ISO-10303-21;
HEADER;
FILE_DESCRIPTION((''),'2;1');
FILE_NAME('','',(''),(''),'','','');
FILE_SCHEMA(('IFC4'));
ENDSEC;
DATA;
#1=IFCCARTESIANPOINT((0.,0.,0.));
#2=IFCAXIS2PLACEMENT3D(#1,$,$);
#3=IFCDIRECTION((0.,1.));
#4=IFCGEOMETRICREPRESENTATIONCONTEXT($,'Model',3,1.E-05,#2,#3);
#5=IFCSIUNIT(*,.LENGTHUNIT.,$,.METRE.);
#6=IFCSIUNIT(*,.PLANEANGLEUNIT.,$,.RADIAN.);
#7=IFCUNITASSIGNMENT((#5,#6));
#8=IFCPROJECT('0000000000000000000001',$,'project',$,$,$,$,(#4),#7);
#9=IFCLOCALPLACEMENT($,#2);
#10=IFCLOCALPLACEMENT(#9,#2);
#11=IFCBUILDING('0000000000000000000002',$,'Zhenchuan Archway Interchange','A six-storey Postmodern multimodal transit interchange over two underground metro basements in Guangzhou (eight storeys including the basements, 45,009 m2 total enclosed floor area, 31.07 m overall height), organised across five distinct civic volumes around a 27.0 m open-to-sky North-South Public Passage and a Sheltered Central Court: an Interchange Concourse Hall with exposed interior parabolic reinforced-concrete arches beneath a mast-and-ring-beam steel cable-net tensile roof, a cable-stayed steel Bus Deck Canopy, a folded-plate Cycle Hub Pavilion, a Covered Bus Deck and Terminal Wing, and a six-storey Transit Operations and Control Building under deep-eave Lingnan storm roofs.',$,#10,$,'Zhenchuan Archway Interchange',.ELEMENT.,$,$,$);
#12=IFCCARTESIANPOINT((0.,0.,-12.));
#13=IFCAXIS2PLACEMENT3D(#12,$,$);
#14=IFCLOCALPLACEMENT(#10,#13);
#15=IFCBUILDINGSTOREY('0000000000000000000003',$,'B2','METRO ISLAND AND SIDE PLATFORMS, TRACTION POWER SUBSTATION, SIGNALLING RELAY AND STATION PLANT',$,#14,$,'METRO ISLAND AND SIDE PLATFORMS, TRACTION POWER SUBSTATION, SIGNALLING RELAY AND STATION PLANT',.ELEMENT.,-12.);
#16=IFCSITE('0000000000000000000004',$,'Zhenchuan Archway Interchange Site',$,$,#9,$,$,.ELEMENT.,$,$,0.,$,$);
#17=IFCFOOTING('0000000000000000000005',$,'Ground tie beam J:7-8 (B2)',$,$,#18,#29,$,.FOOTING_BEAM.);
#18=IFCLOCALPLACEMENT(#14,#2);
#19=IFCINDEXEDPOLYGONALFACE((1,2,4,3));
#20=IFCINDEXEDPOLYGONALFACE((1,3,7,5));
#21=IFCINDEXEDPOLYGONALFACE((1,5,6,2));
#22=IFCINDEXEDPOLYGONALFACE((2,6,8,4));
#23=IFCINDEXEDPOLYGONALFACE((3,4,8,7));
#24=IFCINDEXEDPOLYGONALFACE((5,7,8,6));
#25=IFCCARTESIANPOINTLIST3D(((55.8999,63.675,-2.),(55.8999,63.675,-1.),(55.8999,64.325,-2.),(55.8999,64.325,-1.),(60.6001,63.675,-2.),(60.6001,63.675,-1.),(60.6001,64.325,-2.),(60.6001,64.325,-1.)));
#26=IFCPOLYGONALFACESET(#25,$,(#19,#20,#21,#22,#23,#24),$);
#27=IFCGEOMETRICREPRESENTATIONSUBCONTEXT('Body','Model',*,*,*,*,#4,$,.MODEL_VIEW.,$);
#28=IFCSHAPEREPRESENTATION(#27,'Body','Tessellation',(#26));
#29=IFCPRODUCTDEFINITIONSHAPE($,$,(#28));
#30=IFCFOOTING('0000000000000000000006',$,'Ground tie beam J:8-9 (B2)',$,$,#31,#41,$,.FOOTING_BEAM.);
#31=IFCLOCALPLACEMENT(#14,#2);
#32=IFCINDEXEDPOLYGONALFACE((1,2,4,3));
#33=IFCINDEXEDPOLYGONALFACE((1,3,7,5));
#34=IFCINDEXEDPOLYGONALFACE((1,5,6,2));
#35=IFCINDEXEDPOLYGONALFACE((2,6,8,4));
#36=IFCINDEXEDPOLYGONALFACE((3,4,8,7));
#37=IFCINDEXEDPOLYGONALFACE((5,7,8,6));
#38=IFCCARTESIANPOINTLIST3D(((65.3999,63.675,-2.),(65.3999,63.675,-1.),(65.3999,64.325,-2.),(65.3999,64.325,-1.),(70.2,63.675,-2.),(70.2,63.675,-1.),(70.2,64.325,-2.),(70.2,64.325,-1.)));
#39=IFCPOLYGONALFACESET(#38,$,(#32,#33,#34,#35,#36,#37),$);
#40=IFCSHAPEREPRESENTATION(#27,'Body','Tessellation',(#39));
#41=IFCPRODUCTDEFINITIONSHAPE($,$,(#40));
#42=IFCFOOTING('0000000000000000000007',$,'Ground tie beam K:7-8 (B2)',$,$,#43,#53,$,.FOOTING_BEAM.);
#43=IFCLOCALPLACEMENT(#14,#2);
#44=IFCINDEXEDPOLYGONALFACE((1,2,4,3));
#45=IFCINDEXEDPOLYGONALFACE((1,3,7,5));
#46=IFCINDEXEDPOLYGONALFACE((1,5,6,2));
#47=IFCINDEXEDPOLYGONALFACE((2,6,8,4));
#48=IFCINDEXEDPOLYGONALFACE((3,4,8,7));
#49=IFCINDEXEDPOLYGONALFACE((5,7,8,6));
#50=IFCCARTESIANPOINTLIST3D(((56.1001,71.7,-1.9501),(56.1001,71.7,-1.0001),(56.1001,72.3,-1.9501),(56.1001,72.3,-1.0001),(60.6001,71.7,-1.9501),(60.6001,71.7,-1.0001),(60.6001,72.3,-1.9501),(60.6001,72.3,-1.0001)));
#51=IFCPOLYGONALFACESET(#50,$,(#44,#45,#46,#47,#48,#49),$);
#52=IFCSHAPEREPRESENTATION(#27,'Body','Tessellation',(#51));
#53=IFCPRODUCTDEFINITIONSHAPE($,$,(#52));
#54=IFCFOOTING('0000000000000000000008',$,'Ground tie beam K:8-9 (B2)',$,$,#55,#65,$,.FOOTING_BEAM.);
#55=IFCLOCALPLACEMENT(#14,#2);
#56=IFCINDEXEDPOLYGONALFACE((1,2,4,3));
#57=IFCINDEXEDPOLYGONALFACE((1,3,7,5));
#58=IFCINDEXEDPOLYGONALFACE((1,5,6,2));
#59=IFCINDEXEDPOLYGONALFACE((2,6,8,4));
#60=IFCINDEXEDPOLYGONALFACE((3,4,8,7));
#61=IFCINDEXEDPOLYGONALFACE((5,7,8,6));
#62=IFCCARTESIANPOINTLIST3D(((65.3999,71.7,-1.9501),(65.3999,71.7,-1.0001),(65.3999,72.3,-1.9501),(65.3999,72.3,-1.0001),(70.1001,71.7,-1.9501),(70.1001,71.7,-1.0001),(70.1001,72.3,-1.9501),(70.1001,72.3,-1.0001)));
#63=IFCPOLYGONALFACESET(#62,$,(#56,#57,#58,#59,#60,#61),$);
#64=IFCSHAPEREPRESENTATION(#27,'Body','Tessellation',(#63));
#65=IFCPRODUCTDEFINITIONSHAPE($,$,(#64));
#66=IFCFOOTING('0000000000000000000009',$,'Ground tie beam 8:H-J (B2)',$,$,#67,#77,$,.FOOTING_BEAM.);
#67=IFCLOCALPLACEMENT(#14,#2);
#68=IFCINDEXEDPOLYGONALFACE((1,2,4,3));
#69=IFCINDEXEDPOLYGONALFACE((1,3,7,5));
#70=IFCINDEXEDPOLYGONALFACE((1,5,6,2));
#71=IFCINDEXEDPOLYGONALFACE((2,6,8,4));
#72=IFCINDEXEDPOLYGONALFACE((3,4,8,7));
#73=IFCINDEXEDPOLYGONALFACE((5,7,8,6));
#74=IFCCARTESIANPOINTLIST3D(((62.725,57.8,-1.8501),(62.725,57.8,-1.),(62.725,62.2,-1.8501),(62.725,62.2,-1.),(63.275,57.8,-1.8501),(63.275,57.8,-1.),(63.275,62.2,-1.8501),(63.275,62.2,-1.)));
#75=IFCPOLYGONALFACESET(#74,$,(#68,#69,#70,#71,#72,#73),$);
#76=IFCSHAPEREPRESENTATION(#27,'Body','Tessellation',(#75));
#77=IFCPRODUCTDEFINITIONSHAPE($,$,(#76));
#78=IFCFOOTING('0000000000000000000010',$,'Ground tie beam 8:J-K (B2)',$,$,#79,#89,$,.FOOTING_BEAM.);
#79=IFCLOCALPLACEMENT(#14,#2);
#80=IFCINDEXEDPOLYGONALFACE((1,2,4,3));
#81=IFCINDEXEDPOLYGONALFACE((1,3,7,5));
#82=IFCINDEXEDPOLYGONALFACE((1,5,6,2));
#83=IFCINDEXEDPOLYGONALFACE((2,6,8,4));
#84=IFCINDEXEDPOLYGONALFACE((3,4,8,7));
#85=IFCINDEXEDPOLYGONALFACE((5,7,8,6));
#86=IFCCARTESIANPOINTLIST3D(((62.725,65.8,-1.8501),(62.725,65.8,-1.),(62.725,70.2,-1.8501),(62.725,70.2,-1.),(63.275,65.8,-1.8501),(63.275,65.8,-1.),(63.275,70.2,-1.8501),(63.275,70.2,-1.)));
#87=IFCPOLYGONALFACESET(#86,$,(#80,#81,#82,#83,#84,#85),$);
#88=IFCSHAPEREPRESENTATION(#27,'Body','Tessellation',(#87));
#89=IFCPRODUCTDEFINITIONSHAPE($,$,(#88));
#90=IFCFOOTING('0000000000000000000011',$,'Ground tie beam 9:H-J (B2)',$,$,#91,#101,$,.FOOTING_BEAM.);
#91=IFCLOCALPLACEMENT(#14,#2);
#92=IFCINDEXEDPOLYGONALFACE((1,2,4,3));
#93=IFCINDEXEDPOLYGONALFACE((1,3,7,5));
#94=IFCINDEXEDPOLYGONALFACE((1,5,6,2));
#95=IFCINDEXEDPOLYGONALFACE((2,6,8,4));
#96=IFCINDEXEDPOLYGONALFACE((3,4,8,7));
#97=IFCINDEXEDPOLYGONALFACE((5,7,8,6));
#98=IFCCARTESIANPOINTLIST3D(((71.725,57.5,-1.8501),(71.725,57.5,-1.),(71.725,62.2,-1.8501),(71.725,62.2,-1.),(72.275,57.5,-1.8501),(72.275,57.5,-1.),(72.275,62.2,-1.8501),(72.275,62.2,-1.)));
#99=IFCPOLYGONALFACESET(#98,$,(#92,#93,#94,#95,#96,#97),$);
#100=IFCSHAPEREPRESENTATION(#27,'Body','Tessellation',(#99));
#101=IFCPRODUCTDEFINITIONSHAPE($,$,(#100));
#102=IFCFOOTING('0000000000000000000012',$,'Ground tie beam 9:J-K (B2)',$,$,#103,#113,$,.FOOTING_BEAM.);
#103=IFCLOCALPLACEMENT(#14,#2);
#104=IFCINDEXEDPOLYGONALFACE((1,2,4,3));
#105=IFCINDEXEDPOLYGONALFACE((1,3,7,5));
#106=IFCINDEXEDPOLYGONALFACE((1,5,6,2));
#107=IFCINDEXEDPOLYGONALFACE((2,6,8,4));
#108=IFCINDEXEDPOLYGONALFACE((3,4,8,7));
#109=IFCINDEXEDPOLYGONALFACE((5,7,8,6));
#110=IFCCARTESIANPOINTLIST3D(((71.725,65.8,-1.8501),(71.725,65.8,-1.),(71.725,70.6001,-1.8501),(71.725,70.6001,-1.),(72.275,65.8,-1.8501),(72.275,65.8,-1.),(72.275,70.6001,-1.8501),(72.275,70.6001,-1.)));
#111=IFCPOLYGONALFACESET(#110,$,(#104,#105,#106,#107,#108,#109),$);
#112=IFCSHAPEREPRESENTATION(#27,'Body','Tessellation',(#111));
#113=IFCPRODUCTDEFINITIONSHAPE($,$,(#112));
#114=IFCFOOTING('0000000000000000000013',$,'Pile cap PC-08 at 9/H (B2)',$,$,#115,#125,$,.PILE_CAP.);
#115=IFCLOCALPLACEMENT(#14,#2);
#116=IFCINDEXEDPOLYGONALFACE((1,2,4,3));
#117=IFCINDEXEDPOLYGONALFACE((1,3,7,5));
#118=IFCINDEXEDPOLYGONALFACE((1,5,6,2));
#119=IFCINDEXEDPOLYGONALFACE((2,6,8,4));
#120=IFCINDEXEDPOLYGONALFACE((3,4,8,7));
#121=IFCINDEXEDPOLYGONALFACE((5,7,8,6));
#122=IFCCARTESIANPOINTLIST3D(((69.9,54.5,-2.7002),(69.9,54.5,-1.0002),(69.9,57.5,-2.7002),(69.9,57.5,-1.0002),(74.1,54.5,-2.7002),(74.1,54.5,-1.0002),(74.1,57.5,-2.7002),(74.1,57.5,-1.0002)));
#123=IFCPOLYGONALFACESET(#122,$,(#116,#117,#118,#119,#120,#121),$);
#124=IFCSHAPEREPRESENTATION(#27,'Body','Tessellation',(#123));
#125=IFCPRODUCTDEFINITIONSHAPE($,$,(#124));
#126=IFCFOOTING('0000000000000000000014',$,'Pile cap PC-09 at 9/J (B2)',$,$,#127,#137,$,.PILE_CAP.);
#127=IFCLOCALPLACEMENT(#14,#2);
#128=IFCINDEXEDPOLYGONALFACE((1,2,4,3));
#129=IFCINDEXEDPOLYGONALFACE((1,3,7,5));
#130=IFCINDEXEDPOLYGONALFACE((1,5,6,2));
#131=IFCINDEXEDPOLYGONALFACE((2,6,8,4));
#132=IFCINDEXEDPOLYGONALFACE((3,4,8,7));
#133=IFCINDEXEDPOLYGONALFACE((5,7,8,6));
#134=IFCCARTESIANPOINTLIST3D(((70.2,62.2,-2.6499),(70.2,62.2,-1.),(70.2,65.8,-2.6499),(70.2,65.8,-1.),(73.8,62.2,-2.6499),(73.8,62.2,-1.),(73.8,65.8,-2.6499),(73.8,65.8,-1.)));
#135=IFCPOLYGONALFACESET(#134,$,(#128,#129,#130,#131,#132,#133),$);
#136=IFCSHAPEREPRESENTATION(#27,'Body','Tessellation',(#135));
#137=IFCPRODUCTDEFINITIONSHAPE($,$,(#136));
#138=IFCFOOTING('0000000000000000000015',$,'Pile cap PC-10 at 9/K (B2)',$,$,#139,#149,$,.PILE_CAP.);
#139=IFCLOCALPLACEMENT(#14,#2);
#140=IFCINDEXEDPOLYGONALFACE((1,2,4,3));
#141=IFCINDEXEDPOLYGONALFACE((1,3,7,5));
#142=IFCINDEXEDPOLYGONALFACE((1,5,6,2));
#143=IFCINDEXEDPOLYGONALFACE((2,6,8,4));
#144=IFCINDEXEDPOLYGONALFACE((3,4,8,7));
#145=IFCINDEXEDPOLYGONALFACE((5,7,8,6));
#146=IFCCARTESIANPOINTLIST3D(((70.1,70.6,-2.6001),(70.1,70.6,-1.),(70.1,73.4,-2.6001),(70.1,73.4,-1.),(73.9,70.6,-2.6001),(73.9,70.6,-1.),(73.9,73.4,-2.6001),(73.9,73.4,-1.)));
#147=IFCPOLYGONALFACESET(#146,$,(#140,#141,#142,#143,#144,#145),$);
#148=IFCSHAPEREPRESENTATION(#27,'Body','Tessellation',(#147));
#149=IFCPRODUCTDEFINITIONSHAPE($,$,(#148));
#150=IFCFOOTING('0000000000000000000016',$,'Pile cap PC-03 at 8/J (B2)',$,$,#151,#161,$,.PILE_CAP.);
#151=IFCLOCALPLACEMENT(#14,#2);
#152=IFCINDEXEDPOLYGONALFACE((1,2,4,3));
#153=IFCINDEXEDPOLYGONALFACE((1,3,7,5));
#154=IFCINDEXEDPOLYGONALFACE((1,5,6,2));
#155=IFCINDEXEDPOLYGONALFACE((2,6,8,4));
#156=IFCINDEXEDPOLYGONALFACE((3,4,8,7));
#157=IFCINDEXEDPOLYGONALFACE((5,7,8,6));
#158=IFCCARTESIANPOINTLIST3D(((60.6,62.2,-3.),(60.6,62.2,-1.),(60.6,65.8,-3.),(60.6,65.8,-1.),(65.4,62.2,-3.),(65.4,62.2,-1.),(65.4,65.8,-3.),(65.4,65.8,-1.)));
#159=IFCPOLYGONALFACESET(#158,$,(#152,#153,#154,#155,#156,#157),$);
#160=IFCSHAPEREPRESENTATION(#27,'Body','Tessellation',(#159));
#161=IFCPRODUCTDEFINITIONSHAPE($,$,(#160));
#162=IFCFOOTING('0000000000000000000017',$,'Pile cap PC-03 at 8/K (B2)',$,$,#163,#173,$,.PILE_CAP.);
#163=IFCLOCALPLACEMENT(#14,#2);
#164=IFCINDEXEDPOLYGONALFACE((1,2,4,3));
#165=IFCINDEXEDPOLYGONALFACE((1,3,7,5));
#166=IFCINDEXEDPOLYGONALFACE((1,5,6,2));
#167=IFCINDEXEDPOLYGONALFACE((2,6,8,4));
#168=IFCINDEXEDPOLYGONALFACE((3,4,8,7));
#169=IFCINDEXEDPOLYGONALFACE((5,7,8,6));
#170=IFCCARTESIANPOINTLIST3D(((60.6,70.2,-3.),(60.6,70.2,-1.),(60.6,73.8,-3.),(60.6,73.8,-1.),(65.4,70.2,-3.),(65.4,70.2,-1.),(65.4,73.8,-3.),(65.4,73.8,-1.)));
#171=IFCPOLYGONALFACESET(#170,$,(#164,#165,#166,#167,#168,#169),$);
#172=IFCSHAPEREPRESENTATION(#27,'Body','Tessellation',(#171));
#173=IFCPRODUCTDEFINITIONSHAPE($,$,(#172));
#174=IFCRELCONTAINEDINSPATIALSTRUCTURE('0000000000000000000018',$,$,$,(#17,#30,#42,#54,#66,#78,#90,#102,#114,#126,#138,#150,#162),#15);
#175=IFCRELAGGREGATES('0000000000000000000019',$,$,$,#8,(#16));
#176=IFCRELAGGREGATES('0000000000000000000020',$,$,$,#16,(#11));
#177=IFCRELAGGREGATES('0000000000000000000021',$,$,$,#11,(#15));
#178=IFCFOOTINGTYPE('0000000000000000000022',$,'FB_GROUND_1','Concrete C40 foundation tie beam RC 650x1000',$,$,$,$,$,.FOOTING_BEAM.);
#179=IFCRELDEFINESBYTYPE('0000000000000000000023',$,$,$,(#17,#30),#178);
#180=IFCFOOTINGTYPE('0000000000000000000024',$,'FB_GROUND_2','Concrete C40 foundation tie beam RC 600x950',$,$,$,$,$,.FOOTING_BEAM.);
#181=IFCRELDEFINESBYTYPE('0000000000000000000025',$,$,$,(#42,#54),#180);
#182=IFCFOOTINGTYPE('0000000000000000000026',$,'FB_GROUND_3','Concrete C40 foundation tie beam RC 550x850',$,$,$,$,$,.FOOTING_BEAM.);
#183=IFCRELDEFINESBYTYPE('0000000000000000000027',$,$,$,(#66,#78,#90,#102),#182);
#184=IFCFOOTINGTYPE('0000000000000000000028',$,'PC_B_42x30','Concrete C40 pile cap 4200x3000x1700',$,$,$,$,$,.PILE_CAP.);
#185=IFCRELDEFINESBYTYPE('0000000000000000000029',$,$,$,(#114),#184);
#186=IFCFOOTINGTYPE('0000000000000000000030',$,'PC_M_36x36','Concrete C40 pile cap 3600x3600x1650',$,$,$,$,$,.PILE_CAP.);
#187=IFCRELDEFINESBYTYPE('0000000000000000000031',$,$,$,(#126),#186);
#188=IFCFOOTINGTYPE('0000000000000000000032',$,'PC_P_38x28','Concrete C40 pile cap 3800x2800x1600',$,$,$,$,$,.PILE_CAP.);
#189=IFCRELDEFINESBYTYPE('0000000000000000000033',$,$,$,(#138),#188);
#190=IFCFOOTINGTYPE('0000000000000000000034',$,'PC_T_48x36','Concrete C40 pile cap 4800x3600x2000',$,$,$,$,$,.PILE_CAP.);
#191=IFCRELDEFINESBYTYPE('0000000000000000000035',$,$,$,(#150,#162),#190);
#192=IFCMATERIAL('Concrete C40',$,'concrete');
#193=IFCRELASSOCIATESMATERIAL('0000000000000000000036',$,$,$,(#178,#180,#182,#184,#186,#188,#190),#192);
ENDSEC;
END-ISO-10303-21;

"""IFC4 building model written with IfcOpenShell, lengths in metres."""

from ifc_helpers import new_model, si_unit, direction, frame, origin, origin_2d, place, context, subcontext, project, spatial, rectangle, extrude, material, material_profile, profile_set, type_object, element, save


model = new_model("IFC4")

# Units and contexts
model_context = context("Model", 3, precision=1e-05, world=origin(), true_north=direction((0.0, 1.0)))
body_context = subcontext(model_context, "Body", "Model", "MODEL_VIEW")
ifc_project = project(units=[si_unit("LENGTHUNIT", "METRE"), si_unit("PLANEANGLEUNIT", "RADIAN")], contexts=[model_context])

# Site, building, storey
site_placement = place(None, origin())
site = spatial("IfcSite", under=ifc_project, at=site_placement, Name="Zhenchuan Archway Interchange Site", CompositionType="ELEMENT", RefElevation=0.0)
building_placement = place(site_placement, origin())
building = spatial("IfcBuilding", under=site, at=building_placement, Name="Zhenchuan Archway Interchange", Description="A six-storey Postmodern multimodal transit interchange over two underground metro basements in Guangzhou (eight storeys including the basements, 45,009 m2 total enclosed floor area, 31.07 m overall height), organised across five distinct civic volumes around a 27.0 m open-to-sky North-South Public Passage and a Sheltered Central Court: an Interchange Concourse Hall with exposed interior parabolic reinforced-concrete arches beneath a mast-and-ring-beam steel cable-net tensile roof, a cable-stayed steel Bus Deck Canopy, a folded-plate Cycle Hub Pavilion, a Covered Bus Deck and Terminal Wing, and a six-storey Transit Operations and Control Building under deep-eave Lingnan storm roofs.", LongName="Zhenchuan Archway Interchange", CompositionType="ELEMENT")
storey_placement = place(building_placement, frame((0.0, 0.0, -12.0)))
storey = spatial("IfcBuildingStorey", under=building, at=storey_placement, Name="B2", Description="METRO ISLAND AND SIDE PLATFORMS, TRACTION POWER SUBSTATION, SIGNALLING RELAY AND STATION PLANT", LongName="METRO ISLAND AND SIDE PLATFORMS, TRACTION POWER SUBSTATION, SIGNALLING RELAY AND STATION PLANT", CompositionType="ELEMENT", Elevation=-12.0)

# Footings
ifc_material_1 = material(Name="Concrete C40", Category="concrete")
ifc_material_profile_1 = material_profile(ifc_material_1, rectangle(XDim=0.6499, YDim=1.0, at=origin_2d()), Name="RC 650x1000")
ifc_profile_set_1 = profile_set([ifc_material_profile_1], Name="Concrete C40")
footing_type_1 = type_object("IfcFootingType", Name="FB_GROUND_1", Description="Concrete C40 foundation tie beam RC 650x1000", PredefinedType="FOOTING_BEAM", material=ifc_profile_set_1)
footing_1_placement = place(storey_placement, frame((55.8999, 64.0, -1.5), z_axis=(1.0, 0.0, 0.0), x_axis=(0.0, 1.0, 0.0)))
element("IfcFooting", 1, at=footing_1_placement, inside=storey, type_object=footing_type_1, Name="Ground tie beam J:7-8 (B2)", PredefinedType="FOOTING_BEAM", context=body_context, shape_type="SweptSolid", body=[
    extrude(rectangle(XDim=0.6499, YDim=1.0, at=origin_2d()), origin(), (0.0, 0.0, 1.0), 4.7002),
])
footing_2_placement = place(storey_placement, frame((65.3999, 64.0, -1.5), z_axis=(1.0, 0.0, 0.0), x_axis=(0.0, 1.0, 0.0)))
element("IfcFooting", 2, at=footing_2_placement, inside=storey, type_object=footing_type_1, Name="Ground tie beam J:8-9 (B2)", PredefinedType="FOOTING_BEAM", context=body_context, shape_type="SweptSolid", body=[
    extrude(rectangle(XDim=0.6499, YDim=1.0, at=origin_2d()), origin(), (0.0, 0.0, 1.0), 4.8),
])
ifc_material_profile_2 = material_profile(ifc_material_1, rectangle(XDim=0.6001, YDim=0.95, at=origin_2d()), Name="RC 600x950")
ifc_profile_set_2 = profile_set([ifc_material_profile_2], Name="Concrete C40")
footing_type_2 = type_object("IfcFootingType", Name="FB_GROUND_2", Description="Concrete C40 foundation tie beam RC 600x950", PredefinedType="FOOTING_BEAM", material=ifc_profile_set_2)
footing_3_placement = place(storey_placement, frame((56.1001, 72.0, -1.4751), z_axis=(1.0, 0.0, 0.0), x_axis=(0.0, 1.0, 0.0)))
element("IfcFooting", 3, at=footing_3_placement, inside=storey, type_object=footing_type_2, Name="Ground tie beam K:7-8 (B2)", PredefinedType="FOOTING_BEAM", context=body_context, shape_type="SweptSolid", body=[
    extrude(rectangle(XDim=0.6001, YDim=0.95, at=origin_2d()), origin(), (0.0, 0.0, 1.0), 4.5),
])
footing_4_placement = place(storey_placement, frame((65.3999, 72.0, -1.4751), z_axis=(1.0, 0.0, 0.0), x_axis=(0.0, 1.0, 0.0)))
element("IfcFooting", 4, at=footing_4_placement, inside=storey, type_object=footing_type_2, Name="Ground tie beam K:8-9 (B2)", PredefinedType="FOOTING_BEAM", context=body_context, shape_type="SweptSolid", body=[
    extrude(rectangle(XDim=0.6001, YDim=0.95, at=origin_2d()), origin(), (0.0, 0.0, 1.0), 4.7002),
])
ifc_material_profile_3 = material_profile(ifc_material_1, rectangle(XDim=0.55, YDim=0.8501, at=origin_2d()), Name="RC 550x850")
ifc_profile_set_3 = profile_set([ifc_material_profile_3], Name="Concrete C40")
footing_type_3 = type_object("IfcFootingType", Name="FB_GROUND_3", Description="Concrete C40 foundation tie beam RC 550x850", PredefinedType="FOOTING_BEAM", material=ifc_profile_set_3)
for number, where, z_axis, x_axis, name in (
    (5, (63.0, 57.8, -1.425), (0.0, 1.0, 0.0), (-1.0, 0.0, 0.0), "Ground tie beam 8:H-J (B2)"),
    (6, (63.0, 65.8, -1.425), (0.0, 1.0, 0.0), (-1.0, 0.0, 0.0), "Ground tie beam 8:J-K (B2)"),
):
    element("IfcFooting", number, at=place(storey_placement, frame(where, z_axis=z_axis, x_axis=x_axis)), inside=storey, type_object=footing_type_3, Name=name, PredefinedType="FOOTING_BEAM", context=body_context, shape_type="SweptSolid", body=[
        extrude(rectangle(XDim=0.55, YDim=0.8501, at=origin_2d()), origin(), (0.0, 0.0, 1.0), 4.3999),
    ])
footing_5_placement = place(storey_placement, frame((72.0, 57.5, -1.425), z_axis=(0.0, 1.0, 0.0), x_axis=(-1.0, 0.0, 0.0)))
element("IfcFooting", 7, at=footing_5_placement, inside=storey, type_object=footing_type_3, Name="Ground tie beam 9:H-J (B2)", PredefinedType="FOOTING_BEAM", context=body_context, shape_type="SweptSolid", body=[
    extrude(rectangle(XDim=0.55, YDim=0.8501, at=origin_2d()), origin(), (0.0, 0.0, 1.0), 4.7),
])
footing_6_placement = place(storey_placement, frame((72.0, 65.8, -1.425), z_axis=(0.0, 1.0, 0.0), x_axis=(-1.0, 0.0, 0.0)))
element("IfcFooting", 8, at=footing_6_placement, inside=storey, type_object=footing_type_3, Name="Ground tie beam 9:J-K (B2)", PredefinedType="FOOTING_BEAM", context=body_context, shape_type="SweptSolid", body=[
    extrude(rectangle(XDim=0.55, YDim=0.8501, at=origin_2d()), origin(), (0.0, 0.0, 1.0), 4.8),
])
footing_type_4 = type_object("IfcFootingType", Name="PC_B_42x30", Description="Concrete C40 pile cap 4200x3000x1700", PredefinedType="PILE_CAP", material=ifc_material_1)
footing_7_placement = place(storey_placement, frame((72.0, 56.0, -2.7002), z_axis=(0.0, 0.0, 1.0), x_axis=(1.0, 0.0, 0.0)))
element("IfcFooting", 9, at=footing_7_placement, inside=storey, type_object=footing_type_4, Name="Pile cap PC-08 at 9/H (B2)", PredefinedType="PILE_CAP", context=body_context, shape_type="SweptSolid", body=[
    extrude(rectangle(XDim=4.2, YDim=3.0, at=origin_2d()), origin(), (0.0, 0.0, 1.0), 1.7),
])
footing_type_5 = type_object("IfcFootingType", Name="PC_M_36x36", Description="Concrete C40 pile cap 3600x3600x1650", PredefinedType="PILE_CAP", material=ifc_material_1)
footing_8_placement = place(storey_placement, frame((72.0, 64.0, -2.6499), z_axis=(0.0, 0.0, 1.0), x_axis=(1.0, 0.0, 0.0)))
element("IfcFooting", 10, at=footing_8_placement, inside=storey, type_object=footing_type_5, Name="Pile cap PC-09 at 9/J (B2)", PredefinedType="PILE_CAP", context=body_context, shape_type="SweptSolid", body=[
    extrude(rectangle(XDim=3.6001, YDim=3.6001, at=origin_2d()), origin(), (0.0, 0.0, 1.0), 1.6499),
])
footing_type_6 = type_object("IfcFootingType", Name="PC_P_38x28", Description="Concrete C40 pile cap 3800x2800x1600", PredefinedType="PILE_CAP", material=ifc_material_1)
footing_9_placement = place(storey_placement, frame((72.0, 72.0, -2.6001), z_axis=(0.0, 0.0, 1.0), x_axis=(1.0, 0.0, 0.0)))
element("IfcFooting", 11, at=footing_9_placement, inside=storey, type_object=footing_type_6, Name="Pile cap PC-10 at 9/K (B2)", PredefinedType="PILE_CAP", context=body_context, shape_type="SweptSolid", body=[
    extrude(rectangle(XDim=3.8, YDim=2.8, at=origin_2d()), origin(), (0.0, 0.0, 1.0), 1.6001),
])
footing_type_7 = type_object("IfcFootingType", Name="PC_T_48x36", Description="Concrete C40 pile cap 4800x3600x2000", PredefinedType="PILE_CAP", material=ifc_material_1)
for number, where, z_axis, x_axis, name in (
    (12, (63.0, 64.0, -3.0), (0.0, 0.0, 1.0), (1.0, 0.0, 0.0), "Pile cap PC-03 at 8/J (B2)"),
    (13, (63.0, 72.0, -3.0), (0.0, 0.0, 1.0), (1.0, 0.0, 0.0), "Pile cap PC-03 at 8/K (B2)"),
):
    element("IfcFooting", number, at=place(storey_placement, frame(where, z_axis=z_axis, x_axis=x_axis)), inside=storey, type_object=footing_type_7, Name=name, PredefinedType="PILE_CAP", context=body_context, shape_type="SweptSolid", body=[
        extrude(rectangle(XDim=4.8, YDim=3.6001, at=origin_2d()), origin(), (0.0, 0.0, 1.0), 2.0),
    ])

save(model, "model.ifc")
